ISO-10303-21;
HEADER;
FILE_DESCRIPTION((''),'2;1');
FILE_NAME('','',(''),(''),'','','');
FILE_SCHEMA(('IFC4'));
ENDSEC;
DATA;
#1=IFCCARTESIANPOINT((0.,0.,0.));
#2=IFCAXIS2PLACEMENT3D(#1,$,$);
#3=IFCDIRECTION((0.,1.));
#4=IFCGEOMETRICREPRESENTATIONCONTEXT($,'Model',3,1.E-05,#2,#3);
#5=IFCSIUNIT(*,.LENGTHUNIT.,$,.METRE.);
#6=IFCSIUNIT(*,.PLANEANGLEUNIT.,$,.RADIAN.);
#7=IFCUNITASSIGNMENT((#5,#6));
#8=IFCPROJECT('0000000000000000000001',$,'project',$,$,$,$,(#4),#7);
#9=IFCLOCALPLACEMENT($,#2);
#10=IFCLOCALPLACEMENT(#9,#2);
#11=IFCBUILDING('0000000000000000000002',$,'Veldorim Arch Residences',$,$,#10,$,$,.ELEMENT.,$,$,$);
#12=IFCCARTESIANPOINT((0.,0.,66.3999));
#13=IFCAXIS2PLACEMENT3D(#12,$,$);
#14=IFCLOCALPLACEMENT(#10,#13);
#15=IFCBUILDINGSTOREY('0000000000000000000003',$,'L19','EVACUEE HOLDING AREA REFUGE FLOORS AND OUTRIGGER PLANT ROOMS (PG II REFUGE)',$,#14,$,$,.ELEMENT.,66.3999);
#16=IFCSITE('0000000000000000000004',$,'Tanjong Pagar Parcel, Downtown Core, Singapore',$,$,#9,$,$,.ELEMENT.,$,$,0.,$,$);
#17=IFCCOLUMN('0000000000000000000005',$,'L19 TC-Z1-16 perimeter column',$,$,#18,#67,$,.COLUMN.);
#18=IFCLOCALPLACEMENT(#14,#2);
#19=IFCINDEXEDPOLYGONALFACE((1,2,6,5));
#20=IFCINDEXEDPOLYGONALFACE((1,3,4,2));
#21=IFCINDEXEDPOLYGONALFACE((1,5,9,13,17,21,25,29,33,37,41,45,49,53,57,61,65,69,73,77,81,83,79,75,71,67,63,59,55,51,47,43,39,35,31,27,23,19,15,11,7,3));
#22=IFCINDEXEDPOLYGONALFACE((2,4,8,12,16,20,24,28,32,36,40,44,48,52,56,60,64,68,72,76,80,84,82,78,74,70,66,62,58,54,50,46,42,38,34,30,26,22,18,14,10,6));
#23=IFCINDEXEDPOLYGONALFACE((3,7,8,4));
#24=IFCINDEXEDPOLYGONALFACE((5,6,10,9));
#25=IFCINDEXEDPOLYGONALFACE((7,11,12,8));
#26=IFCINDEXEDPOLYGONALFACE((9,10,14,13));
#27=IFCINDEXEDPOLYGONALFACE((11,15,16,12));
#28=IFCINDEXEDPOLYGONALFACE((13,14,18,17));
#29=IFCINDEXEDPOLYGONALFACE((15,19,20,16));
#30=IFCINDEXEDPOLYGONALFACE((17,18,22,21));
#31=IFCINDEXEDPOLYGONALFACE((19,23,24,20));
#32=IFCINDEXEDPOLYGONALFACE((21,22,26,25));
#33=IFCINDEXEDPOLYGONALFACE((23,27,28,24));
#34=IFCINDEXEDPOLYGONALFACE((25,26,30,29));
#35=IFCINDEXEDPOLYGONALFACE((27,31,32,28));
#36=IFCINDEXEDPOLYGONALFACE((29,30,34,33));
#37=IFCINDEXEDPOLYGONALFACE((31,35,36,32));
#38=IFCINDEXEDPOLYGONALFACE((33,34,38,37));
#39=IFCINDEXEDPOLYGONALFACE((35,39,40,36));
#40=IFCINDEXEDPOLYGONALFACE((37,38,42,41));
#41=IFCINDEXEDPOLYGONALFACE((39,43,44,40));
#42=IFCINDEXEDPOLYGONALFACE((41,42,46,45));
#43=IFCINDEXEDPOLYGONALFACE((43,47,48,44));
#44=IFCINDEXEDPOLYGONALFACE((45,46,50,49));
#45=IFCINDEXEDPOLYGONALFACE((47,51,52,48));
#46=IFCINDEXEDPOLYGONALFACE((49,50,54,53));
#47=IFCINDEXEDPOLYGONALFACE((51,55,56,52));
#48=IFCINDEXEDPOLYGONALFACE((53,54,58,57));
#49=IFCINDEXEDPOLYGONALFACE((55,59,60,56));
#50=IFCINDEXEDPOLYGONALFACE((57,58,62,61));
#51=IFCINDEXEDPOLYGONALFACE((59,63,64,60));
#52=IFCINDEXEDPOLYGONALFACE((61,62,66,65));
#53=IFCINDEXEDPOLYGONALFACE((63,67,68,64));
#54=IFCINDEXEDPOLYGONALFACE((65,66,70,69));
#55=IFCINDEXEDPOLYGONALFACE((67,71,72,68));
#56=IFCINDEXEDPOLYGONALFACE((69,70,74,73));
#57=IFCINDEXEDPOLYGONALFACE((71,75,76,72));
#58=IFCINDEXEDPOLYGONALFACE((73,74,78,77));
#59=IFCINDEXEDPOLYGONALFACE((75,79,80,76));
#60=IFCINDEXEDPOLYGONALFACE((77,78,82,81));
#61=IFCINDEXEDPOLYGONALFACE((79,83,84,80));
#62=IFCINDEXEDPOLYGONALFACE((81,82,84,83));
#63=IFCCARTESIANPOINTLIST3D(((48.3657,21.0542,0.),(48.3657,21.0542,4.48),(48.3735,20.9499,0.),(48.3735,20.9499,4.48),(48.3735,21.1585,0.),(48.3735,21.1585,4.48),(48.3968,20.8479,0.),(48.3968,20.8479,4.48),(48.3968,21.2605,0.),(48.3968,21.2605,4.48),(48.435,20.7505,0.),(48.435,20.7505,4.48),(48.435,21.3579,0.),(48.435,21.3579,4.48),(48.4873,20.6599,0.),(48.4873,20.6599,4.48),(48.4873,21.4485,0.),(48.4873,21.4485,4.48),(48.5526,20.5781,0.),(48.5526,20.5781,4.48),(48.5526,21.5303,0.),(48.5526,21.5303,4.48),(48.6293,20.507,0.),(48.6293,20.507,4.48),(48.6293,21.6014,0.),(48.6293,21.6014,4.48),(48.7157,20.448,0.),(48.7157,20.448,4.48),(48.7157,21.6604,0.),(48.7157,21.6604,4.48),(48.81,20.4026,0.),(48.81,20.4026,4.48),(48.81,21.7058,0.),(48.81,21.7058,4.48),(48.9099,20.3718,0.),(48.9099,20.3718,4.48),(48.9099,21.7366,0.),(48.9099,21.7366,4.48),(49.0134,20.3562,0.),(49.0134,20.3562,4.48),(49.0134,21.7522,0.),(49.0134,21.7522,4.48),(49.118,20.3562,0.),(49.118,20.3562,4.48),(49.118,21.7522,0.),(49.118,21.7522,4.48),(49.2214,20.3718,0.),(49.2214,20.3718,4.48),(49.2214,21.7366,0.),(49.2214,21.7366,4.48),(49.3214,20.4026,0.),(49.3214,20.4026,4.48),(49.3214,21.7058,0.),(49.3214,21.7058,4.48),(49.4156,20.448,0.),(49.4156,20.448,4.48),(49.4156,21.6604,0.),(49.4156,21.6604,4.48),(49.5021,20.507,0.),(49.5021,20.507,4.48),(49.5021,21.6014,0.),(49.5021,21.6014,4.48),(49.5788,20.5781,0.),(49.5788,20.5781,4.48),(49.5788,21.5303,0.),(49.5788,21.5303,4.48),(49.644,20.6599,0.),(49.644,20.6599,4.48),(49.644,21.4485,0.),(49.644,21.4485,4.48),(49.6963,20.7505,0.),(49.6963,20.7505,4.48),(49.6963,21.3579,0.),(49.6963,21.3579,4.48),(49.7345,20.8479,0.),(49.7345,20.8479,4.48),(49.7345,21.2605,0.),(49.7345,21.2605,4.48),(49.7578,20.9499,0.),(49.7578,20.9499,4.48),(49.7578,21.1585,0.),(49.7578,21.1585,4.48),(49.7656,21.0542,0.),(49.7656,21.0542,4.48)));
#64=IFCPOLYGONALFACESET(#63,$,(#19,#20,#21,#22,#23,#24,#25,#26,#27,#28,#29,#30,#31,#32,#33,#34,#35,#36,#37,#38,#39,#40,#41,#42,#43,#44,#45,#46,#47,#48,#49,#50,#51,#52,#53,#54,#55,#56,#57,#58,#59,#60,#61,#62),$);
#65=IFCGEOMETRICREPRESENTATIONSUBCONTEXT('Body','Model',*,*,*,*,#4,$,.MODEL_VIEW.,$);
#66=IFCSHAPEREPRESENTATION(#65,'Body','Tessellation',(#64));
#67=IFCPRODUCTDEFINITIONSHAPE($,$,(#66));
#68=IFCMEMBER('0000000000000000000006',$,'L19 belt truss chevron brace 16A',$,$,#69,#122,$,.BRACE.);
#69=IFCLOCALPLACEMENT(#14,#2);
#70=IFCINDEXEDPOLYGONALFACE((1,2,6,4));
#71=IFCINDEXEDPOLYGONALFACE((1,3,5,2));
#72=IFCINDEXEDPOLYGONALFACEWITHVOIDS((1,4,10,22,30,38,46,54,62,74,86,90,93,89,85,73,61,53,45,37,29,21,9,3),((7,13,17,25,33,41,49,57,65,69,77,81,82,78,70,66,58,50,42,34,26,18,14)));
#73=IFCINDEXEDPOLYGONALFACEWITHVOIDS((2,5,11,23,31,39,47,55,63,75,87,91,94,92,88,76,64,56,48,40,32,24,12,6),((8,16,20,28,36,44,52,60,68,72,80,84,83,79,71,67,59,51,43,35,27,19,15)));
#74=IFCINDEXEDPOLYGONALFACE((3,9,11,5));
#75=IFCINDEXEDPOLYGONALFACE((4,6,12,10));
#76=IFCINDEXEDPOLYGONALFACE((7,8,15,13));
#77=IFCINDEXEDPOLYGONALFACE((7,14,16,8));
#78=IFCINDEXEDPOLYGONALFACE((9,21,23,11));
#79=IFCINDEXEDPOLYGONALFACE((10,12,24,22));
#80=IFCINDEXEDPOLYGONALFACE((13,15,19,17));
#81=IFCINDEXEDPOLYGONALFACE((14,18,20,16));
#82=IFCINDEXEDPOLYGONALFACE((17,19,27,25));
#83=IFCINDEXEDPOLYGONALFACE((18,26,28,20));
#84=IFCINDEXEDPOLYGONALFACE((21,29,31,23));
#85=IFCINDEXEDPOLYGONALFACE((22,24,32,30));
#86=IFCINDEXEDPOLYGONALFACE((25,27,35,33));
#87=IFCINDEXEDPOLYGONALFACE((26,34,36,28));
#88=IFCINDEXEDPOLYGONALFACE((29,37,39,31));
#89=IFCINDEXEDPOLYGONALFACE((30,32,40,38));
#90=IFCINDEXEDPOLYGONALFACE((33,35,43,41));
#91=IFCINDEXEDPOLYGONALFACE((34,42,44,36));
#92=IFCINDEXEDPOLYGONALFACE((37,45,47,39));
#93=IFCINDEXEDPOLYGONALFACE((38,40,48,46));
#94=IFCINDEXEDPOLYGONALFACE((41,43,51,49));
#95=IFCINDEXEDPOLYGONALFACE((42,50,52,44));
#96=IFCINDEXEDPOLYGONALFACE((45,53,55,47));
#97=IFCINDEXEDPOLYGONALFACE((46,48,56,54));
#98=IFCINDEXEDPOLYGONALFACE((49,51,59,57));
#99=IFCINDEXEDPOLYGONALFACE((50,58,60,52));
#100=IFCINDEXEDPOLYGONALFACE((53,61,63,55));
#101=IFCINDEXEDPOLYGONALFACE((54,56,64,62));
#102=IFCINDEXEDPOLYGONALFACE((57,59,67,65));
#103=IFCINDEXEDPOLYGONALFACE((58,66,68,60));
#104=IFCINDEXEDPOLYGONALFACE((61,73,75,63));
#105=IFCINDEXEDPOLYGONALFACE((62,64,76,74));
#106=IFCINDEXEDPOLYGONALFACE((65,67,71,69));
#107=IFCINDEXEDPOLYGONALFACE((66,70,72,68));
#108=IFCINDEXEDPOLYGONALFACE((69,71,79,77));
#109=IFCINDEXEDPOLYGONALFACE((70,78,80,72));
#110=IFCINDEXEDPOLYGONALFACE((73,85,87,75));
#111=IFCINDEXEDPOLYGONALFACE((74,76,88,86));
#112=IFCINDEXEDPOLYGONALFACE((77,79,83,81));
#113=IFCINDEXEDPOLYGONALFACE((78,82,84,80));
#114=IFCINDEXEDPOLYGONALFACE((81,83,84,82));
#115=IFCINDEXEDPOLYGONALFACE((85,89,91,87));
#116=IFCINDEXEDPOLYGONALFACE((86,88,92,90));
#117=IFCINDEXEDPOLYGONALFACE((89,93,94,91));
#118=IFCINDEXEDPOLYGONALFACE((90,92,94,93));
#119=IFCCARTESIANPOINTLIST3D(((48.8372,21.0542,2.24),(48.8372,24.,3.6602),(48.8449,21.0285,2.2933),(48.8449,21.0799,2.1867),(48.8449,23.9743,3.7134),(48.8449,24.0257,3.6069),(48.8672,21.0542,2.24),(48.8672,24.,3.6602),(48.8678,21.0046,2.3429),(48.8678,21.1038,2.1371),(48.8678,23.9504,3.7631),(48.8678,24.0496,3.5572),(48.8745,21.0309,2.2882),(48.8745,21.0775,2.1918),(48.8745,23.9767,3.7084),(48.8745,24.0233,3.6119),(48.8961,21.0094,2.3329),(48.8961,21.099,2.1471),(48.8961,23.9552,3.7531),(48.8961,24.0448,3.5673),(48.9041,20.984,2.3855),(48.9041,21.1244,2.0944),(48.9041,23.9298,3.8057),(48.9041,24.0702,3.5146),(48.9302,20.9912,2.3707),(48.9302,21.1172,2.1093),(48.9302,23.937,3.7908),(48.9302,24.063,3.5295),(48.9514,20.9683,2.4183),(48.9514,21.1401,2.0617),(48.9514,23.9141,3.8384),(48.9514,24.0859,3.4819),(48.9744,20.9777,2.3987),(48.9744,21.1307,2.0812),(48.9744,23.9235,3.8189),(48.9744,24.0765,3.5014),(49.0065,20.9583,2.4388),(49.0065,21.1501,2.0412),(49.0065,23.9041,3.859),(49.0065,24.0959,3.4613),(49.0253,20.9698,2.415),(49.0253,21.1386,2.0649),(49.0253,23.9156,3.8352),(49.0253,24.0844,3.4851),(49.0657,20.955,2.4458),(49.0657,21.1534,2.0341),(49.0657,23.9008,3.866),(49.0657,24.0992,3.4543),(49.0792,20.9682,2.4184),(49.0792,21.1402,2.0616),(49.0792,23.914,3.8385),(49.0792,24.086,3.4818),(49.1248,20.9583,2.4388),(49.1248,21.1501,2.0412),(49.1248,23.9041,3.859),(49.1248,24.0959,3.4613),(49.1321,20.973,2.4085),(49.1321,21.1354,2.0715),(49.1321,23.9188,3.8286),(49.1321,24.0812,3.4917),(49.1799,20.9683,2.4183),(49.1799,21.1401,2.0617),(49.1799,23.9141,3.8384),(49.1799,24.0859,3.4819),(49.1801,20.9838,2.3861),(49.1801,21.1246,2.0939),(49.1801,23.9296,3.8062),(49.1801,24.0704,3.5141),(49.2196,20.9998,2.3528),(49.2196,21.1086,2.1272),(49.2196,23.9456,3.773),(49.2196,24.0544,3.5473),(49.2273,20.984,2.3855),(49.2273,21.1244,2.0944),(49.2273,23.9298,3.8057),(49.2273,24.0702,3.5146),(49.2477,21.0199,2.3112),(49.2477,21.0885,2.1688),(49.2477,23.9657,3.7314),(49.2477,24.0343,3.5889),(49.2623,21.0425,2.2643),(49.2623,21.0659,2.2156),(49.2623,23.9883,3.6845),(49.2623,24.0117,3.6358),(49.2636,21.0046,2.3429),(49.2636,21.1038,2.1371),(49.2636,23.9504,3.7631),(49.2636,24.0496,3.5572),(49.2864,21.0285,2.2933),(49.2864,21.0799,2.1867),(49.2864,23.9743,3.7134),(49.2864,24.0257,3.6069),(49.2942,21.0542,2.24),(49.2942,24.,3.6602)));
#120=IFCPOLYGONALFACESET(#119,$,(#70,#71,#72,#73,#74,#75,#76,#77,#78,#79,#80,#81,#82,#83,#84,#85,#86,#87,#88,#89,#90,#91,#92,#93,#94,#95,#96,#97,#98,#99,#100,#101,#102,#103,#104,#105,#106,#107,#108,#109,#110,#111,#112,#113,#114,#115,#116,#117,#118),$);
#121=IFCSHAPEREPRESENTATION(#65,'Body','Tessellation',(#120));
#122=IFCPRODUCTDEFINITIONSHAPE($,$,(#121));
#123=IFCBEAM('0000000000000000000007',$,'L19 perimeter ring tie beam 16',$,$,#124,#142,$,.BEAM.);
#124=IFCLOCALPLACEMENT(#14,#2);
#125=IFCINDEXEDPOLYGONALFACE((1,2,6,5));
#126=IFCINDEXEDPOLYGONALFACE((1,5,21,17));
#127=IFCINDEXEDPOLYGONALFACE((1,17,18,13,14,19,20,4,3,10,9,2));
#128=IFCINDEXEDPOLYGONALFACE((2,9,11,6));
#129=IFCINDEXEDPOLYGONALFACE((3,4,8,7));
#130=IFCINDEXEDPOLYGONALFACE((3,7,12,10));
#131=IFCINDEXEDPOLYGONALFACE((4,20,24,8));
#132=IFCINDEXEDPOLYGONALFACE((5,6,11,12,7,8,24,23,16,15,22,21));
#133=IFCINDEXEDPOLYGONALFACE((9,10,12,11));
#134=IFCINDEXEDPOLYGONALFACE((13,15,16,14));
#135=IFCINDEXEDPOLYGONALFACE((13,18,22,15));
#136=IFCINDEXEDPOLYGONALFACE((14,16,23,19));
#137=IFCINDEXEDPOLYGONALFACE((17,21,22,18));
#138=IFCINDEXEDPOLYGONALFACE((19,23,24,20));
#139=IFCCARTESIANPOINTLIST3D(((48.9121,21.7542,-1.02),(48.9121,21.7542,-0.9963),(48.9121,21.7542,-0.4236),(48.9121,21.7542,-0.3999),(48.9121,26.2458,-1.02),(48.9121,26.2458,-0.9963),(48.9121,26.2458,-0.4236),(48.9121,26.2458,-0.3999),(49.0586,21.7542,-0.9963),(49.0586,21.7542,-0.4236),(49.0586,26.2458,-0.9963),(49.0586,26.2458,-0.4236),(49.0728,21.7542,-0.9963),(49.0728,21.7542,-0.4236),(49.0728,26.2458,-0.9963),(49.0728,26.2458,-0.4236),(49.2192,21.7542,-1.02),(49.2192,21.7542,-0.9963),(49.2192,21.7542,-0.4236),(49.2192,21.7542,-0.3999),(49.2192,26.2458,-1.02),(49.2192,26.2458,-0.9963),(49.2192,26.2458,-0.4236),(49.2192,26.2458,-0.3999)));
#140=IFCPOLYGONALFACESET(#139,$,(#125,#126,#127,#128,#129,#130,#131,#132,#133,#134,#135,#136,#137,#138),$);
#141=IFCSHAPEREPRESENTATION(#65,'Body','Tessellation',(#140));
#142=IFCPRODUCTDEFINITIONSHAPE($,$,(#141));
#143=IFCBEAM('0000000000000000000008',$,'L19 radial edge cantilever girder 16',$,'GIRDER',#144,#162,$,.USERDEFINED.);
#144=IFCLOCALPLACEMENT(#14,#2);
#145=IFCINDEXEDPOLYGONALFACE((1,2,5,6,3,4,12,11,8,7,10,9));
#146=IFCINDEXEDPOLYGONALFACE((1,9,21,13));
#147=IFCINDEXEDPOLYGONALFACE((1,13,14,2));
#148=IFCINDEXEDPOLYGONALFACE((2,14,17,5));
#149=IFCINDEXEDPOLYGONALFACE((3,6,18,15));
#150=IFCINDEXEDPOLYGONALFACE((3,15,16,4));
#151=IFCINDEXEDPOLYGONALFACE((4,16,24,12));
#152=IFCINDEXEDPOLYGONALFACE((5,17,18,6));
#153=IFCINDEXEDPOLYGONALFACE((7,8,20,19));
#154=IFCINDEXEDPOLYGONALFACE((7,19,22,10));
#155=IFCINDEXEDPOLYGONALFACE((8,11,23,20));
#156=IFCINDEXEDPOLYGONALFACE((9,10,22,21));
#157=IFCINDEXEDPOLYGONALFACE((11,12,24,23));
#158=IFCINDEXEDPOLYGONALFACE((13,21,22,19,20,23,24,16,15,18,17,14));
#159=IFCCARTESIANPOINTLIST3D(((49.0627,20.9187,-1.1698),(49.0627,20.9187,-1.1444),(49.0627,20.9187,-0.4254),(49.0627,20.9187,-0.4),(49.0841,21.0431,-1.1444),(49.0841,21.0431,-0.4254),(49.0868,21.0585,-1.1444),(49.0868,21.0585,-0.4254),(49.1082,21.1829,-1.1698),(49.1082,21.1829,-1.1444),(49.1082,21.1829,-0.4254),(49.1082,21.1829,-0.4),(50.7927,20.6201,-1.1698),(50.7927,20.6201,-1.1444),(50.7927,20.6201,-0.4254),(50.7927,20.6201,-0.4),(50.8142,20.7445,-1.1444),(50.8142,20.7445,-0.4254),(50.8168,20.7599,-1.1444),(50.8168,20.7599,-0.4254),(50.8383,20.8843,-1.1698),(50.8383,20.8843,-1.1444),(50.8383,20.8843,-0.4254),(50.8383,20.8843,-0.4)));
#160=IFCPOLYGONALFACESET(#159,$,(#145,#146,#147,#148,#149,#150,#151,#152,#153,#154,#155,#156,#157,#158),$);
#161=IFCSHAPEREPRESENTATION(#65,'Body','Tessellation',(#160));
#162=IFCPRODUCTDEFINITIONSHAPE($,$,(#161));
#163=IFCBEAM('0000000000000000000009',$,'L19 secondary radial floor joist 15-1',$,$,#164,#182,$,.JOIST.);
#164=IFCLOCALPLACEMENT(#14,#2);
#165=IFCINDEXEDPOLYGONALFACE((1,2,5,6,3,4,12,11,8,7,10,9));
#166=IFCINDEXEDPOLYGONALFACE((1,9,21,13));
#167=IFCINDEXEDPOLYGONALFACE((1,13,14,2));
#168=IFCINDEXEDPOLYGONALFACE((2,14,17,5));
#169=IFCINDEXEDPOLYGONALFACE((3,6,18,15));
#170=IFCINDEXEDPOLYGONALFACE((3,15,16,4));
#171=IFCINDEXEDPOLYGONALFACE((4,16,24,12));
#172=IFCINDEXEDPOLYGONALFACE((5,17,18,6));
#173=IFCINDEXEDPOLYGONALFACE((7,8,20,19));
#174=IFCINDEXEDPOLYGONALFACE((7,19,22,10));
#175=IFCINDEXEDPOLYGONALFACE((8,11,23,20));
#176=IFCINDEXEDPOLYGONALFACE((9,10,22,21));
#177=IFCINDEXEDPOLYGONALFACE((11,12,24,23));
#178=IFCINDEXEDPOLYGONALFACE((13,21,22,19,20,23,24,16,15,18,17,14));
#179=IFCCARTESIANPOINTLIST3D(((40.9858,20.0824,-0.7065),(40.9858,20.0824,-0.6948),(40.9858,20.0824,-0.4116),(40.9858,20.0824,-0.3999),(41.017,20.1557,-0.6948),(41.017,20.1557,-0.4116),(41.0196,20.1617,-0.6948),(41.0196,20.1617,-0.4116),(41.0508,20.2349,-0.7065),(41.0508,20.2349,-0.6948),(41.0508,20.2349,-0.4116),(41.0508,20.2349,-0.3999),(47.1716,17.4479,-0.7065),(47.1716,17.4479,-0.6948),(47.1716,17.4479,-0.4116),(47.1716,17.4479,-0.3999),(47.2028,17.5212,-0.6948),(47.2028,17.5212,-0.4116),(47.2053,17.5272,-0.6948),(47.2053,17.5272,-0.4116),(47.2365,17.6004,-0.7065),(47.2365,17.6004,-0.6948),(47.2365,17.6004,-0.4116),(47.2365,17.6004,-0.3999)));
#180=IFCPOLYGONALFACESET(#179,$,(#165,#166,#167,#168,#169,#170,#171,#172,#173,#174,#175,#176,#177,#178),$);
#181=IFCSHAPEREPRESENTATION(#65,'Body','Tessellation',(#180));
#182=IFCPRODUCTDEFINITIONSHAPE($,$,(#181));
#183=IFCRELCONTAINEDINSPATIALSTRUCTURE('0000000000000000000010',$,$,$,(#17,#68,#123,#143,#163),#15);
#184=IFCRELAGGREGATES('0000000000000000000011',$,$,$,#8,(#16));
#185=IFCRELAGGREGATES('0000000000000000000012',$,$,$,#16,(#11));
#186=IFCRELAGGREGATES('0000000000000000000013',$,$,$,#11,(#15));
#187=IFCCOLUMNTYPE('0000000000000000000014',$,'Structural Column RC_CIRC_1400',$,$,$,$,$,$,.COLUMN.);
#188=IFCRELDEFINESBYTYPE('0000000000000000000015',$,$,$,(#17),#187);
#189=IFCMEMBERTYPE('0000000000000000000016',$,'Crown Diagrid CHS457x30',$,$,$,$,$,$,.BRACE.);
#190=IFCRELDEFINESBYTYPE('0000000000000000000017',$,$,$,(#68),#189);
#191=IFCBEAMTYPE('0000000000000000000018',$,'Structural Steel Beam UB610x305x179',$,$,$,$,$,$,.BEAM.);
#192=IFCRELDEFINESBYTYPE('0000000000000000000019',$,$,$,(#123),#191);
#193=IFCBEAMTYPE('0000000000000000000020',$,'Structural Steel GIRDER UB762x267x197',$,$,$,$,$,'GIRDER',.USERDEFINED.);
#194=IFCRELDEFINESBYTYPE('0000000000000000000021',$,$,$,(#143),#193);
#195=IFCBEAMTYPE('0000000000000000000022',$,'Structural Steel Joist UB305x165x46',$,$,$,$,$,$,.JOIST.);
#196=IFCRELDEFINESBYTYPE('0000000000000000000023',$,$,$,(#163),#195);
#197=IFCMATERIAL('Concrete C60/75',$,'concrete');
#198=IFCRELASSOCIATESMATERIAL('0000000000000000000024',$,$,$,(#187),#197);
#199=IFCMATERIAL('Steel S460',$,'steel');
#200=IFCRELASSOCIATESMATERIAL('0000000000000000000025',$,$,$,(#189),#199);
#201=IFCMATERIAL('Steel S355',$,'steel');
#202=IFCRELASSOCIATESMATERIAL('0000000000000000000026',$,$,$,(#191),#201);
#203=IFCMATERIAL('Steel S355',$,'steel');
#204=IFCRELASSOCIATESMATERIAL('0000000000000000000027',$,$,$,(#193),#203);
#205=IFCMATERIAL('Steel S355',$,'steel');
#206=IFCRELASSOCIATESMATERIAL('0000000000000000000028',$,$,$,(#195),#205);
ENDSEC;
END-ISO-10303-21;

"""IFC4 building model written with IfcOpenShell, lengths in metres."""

from ifc_helpers import new_model, si_unit, direction, frame, origin, origin_2d, place, context, subcontext, project, spatial, circle, hollow_circle, i_section, extrude, material, material_profile, profile_set, type_object, element, save


model = new_model("IFC4")

# Units and contexts
model_context = context("Model", 3, precision=1e-05, world=origin(), true_north=direction((0.0, 1.0)))
body_context = subcontext(model_context, "Body", "Model", "MODEL_VIEW")
ifc_project = project(units=[si_unit("LENGTHUNIT", "METRE"), si_unit("PLANEANGLEUNIT", "RADIAN")], contexts=[model_context])

# Site, building, storey
site_placement = place(None, origin())
site = spatial("IfcSite", under=ifc_project, at=site_placement, Name="Tanjong Pagar Parcel, Downtown Core, Singapore", CompositionType="ELEMENT", RefElevation=0.0)
building_placement = place(site_placement, origin())
building = spatial("IfcBuilding", under=site, at=building_placement, Name="Veldorim Arch Residences", CompositionType="ELEMENT")
storey_placement = place(building_placement, frame((0.0, 0.0, 66.3999)))
storey = spatial("IfcBuildingStorey", under=building, at=storey_placement, Name="L19", Description="EVACUEE HOLDING AREA REFUGE FLOORS AND OUTRIGGER PLANT ROOMS (PG II REFUGE)", CompositionType="ELEMENT", Elevation=66.3999)

# Column
ifc_material_1 = material(Name="Concrete C60/75", Category="concrete")
ifc_material_profile_1 = material_profile(ifc_material_1, circle(Radius=0.7, at=origin_2d()), Name="RC_CIRC_1400")
ifc_profile_set_1 = profile_set([ifc_material_profile_1], Name="Concrete C60/75")
column_type = type_object("IfcColumnType", Name="Structural Column RC_CIRC_1400", PredefinedType="COLUMN", material=ifc_profile_set_1)
column_placement = place(storey_placement, frame((49.0657, 21.0542, 0.0), z_axis=(0.0, 0.0, 1.0), x_axis=(1.0, 0.0, 0.0)))
element("IfcColumn", 1, at=column_placement, inside=storey, type_object=column_type, Name="L19 TC-Z1-16 perimeter column", PredefinedType="COLUMN", context=body_context, shape_type="SweptSolid", body=[
    extrude(circle(Radius=0.7, at=origin_2d()), origin(), (0.0, 0.0, 1.0), 4.48),
])

# Member
ifc_material_2 = material(Name="Steel S460", Category="steel")
ifc_material_profile_2 = material_profile(ifc_material_2, hollow_circle(Radius=0.2285, WallThickness=0.03, at=origin_2d()), Name="CHS457x30")
ifc_profile_set_2 = profile_set([ifc_material_profile_2], Name="Steel S460")
member_type_1 = type_object("IfcMemberType", Name="Crown Diagrid CHS457x30", PredefinedType="BRACE", material=ifc_profile_set_2)
member_placement = place(storey_placement, frame((49.0657, 21.0542, 2.24), z_axis=(0.0, 0.900784, 0.434267), x_axis=(-1.0, 0.0, 0.0)))
element("IfcMember", 2, at=member_placement, inside=storey, type_object=member_type_1, Name="L19 belt truss chevron brace 16A", PredefinedType="BRACE", context=body_context, shape_type="SweptSolid", body=[
    extrude(hollow_circle(Radius=0.2285, WallThickness=0.03, at=origin_2d()), origin(), (0.0, 0.0, 1.0), 3.2703),
])

# Beams
ifc_material_3 = material(Name="Steel S355", Category="steel")
ifc_material_profile_3 = material_profile(ifc_material_3, i_section(OverallWidth=0.3071, OverallDepth=0.6201, WebThickness=0.0142, FlangeThickness=0.0237, at=origin_2d()), Name="UB610x305x179")
ifc_profile_set_3 = profile_set([ifc_material_profile_3], Name="Steel S355")
beam_type_1 = type_object("IfcBeamType", Name="Structural Steel Beam UB610x305x179", PredefinedType="BEAM", material=ifc_profile_set_3)
beam_1_placement = place(storey_placement, frame((49.0657, 21.7542, -0.71), z_axis=(0.0, 1.0, 0.0), x_axis=(-1.0, 0.0, 0.0)))
element("IfcBeam", 3, at=beam_1_placement, inside=storey, type_object=beam_type_1, Name="L19 perimeter ring tie beam 16", PredefinedType="BEAM", context=body_context, shape_type="SweptSolid", body=[
    extrude(i_section(OverallWidth=0.3071, OverallDepth=0.6201, WebThickness=0.0142, FlangeThickness=0.0237, at=origin_2d()), origin(), (0.0, 0.0, 1.0), 4.4917),
])
ifc_material_4 = material(Name="Steel S355", Category="steel")
ifc_material_profile_4 = material_profile(ifc_material_4, i_section(OverallWidth=0.2681, OverallDepth=0.7698, WebThickness=0.0156, FlangeThickness=0.0254, at=origin_2d()), Name="UB762x267x197")
ifc_profile_set_4 = profile_set([ifc_material_profile_4], Name="Steel S355")
beam_type_2 = type_object("IfcBeamType", Name="Structural Steel GIRDER UB762x267x197", ElementType="GIRDER", PredefinedType="USERDEFINED", material=ifc_profile_set_4)
beam_2_placement = place(storey_placement, frame((49.0854, 21.0508, -0.7849), z_axis=(0.98543, -0.170079, 0.0), x_axis=(0.170079, 0.98543, 0.0)))
element("IfcBeam", 4, at=beam_2_placement, inside=storey, type_object=beam_type_2, Name="L19 radial edge cantilever girder 16", ObjectType="GIRDER", PredefinedType="USERDEFINED", context=body_context, shape_type="SweptSolid", body=[
    extrude(i_section(OverallWidth=0.2681, OverallDepth=0.7698, WebThickness=0.0156, FlangeThickness=0.0254, at=origin_2d()), origin(), (0.0, 0.0, 1.0), 1.7556),
])
ifc_material_5 = material(Name="Steel S355", Category="steel")
ifc_material_profile_5 = material_profile(ifc_material_5, i_section(OverallWidth=0.1658, OverallDepth=0.3066, WebThickness=0.0066, FlangeThickness=0.0117, at=origin_2d()), Name="UB305x165x46")
ifc_profile_set_5 = profile_set([ifc_material_profile_5], Name="Steel S355")
beam_type_3 = type_object("IfcBeamType", Name="Structural Steel Joist UB305x165x46", PredefinedType="JOIST", material=ifc_profile_set_5)
beam_3_placement = place(storey_placement, frame((41.0183, 20.1587, -0.5532), z_axis=(0.920033, -0.391841, 0.0), x_axis=(0.391841, 0.920033, 0.0)))
element("IfcBeam", 5, at=beam_3_placement, inside=storey, type_object=beam_type_3, Name="L19 secondary radial floor joist 15-1", PredefinedType="JOIST", context=body_context, shape_type="SweptSolid", body=[
    extrude(i_section(OverallWidth=0.1658, OverallDepth=0.3066, WebThickness=0.0066, FlangeThickness=0.0117, at=origin_2d()), origin(), (0.0, 0.0, 1.0), 6.7234),
])

save(model, "model.ifc")
